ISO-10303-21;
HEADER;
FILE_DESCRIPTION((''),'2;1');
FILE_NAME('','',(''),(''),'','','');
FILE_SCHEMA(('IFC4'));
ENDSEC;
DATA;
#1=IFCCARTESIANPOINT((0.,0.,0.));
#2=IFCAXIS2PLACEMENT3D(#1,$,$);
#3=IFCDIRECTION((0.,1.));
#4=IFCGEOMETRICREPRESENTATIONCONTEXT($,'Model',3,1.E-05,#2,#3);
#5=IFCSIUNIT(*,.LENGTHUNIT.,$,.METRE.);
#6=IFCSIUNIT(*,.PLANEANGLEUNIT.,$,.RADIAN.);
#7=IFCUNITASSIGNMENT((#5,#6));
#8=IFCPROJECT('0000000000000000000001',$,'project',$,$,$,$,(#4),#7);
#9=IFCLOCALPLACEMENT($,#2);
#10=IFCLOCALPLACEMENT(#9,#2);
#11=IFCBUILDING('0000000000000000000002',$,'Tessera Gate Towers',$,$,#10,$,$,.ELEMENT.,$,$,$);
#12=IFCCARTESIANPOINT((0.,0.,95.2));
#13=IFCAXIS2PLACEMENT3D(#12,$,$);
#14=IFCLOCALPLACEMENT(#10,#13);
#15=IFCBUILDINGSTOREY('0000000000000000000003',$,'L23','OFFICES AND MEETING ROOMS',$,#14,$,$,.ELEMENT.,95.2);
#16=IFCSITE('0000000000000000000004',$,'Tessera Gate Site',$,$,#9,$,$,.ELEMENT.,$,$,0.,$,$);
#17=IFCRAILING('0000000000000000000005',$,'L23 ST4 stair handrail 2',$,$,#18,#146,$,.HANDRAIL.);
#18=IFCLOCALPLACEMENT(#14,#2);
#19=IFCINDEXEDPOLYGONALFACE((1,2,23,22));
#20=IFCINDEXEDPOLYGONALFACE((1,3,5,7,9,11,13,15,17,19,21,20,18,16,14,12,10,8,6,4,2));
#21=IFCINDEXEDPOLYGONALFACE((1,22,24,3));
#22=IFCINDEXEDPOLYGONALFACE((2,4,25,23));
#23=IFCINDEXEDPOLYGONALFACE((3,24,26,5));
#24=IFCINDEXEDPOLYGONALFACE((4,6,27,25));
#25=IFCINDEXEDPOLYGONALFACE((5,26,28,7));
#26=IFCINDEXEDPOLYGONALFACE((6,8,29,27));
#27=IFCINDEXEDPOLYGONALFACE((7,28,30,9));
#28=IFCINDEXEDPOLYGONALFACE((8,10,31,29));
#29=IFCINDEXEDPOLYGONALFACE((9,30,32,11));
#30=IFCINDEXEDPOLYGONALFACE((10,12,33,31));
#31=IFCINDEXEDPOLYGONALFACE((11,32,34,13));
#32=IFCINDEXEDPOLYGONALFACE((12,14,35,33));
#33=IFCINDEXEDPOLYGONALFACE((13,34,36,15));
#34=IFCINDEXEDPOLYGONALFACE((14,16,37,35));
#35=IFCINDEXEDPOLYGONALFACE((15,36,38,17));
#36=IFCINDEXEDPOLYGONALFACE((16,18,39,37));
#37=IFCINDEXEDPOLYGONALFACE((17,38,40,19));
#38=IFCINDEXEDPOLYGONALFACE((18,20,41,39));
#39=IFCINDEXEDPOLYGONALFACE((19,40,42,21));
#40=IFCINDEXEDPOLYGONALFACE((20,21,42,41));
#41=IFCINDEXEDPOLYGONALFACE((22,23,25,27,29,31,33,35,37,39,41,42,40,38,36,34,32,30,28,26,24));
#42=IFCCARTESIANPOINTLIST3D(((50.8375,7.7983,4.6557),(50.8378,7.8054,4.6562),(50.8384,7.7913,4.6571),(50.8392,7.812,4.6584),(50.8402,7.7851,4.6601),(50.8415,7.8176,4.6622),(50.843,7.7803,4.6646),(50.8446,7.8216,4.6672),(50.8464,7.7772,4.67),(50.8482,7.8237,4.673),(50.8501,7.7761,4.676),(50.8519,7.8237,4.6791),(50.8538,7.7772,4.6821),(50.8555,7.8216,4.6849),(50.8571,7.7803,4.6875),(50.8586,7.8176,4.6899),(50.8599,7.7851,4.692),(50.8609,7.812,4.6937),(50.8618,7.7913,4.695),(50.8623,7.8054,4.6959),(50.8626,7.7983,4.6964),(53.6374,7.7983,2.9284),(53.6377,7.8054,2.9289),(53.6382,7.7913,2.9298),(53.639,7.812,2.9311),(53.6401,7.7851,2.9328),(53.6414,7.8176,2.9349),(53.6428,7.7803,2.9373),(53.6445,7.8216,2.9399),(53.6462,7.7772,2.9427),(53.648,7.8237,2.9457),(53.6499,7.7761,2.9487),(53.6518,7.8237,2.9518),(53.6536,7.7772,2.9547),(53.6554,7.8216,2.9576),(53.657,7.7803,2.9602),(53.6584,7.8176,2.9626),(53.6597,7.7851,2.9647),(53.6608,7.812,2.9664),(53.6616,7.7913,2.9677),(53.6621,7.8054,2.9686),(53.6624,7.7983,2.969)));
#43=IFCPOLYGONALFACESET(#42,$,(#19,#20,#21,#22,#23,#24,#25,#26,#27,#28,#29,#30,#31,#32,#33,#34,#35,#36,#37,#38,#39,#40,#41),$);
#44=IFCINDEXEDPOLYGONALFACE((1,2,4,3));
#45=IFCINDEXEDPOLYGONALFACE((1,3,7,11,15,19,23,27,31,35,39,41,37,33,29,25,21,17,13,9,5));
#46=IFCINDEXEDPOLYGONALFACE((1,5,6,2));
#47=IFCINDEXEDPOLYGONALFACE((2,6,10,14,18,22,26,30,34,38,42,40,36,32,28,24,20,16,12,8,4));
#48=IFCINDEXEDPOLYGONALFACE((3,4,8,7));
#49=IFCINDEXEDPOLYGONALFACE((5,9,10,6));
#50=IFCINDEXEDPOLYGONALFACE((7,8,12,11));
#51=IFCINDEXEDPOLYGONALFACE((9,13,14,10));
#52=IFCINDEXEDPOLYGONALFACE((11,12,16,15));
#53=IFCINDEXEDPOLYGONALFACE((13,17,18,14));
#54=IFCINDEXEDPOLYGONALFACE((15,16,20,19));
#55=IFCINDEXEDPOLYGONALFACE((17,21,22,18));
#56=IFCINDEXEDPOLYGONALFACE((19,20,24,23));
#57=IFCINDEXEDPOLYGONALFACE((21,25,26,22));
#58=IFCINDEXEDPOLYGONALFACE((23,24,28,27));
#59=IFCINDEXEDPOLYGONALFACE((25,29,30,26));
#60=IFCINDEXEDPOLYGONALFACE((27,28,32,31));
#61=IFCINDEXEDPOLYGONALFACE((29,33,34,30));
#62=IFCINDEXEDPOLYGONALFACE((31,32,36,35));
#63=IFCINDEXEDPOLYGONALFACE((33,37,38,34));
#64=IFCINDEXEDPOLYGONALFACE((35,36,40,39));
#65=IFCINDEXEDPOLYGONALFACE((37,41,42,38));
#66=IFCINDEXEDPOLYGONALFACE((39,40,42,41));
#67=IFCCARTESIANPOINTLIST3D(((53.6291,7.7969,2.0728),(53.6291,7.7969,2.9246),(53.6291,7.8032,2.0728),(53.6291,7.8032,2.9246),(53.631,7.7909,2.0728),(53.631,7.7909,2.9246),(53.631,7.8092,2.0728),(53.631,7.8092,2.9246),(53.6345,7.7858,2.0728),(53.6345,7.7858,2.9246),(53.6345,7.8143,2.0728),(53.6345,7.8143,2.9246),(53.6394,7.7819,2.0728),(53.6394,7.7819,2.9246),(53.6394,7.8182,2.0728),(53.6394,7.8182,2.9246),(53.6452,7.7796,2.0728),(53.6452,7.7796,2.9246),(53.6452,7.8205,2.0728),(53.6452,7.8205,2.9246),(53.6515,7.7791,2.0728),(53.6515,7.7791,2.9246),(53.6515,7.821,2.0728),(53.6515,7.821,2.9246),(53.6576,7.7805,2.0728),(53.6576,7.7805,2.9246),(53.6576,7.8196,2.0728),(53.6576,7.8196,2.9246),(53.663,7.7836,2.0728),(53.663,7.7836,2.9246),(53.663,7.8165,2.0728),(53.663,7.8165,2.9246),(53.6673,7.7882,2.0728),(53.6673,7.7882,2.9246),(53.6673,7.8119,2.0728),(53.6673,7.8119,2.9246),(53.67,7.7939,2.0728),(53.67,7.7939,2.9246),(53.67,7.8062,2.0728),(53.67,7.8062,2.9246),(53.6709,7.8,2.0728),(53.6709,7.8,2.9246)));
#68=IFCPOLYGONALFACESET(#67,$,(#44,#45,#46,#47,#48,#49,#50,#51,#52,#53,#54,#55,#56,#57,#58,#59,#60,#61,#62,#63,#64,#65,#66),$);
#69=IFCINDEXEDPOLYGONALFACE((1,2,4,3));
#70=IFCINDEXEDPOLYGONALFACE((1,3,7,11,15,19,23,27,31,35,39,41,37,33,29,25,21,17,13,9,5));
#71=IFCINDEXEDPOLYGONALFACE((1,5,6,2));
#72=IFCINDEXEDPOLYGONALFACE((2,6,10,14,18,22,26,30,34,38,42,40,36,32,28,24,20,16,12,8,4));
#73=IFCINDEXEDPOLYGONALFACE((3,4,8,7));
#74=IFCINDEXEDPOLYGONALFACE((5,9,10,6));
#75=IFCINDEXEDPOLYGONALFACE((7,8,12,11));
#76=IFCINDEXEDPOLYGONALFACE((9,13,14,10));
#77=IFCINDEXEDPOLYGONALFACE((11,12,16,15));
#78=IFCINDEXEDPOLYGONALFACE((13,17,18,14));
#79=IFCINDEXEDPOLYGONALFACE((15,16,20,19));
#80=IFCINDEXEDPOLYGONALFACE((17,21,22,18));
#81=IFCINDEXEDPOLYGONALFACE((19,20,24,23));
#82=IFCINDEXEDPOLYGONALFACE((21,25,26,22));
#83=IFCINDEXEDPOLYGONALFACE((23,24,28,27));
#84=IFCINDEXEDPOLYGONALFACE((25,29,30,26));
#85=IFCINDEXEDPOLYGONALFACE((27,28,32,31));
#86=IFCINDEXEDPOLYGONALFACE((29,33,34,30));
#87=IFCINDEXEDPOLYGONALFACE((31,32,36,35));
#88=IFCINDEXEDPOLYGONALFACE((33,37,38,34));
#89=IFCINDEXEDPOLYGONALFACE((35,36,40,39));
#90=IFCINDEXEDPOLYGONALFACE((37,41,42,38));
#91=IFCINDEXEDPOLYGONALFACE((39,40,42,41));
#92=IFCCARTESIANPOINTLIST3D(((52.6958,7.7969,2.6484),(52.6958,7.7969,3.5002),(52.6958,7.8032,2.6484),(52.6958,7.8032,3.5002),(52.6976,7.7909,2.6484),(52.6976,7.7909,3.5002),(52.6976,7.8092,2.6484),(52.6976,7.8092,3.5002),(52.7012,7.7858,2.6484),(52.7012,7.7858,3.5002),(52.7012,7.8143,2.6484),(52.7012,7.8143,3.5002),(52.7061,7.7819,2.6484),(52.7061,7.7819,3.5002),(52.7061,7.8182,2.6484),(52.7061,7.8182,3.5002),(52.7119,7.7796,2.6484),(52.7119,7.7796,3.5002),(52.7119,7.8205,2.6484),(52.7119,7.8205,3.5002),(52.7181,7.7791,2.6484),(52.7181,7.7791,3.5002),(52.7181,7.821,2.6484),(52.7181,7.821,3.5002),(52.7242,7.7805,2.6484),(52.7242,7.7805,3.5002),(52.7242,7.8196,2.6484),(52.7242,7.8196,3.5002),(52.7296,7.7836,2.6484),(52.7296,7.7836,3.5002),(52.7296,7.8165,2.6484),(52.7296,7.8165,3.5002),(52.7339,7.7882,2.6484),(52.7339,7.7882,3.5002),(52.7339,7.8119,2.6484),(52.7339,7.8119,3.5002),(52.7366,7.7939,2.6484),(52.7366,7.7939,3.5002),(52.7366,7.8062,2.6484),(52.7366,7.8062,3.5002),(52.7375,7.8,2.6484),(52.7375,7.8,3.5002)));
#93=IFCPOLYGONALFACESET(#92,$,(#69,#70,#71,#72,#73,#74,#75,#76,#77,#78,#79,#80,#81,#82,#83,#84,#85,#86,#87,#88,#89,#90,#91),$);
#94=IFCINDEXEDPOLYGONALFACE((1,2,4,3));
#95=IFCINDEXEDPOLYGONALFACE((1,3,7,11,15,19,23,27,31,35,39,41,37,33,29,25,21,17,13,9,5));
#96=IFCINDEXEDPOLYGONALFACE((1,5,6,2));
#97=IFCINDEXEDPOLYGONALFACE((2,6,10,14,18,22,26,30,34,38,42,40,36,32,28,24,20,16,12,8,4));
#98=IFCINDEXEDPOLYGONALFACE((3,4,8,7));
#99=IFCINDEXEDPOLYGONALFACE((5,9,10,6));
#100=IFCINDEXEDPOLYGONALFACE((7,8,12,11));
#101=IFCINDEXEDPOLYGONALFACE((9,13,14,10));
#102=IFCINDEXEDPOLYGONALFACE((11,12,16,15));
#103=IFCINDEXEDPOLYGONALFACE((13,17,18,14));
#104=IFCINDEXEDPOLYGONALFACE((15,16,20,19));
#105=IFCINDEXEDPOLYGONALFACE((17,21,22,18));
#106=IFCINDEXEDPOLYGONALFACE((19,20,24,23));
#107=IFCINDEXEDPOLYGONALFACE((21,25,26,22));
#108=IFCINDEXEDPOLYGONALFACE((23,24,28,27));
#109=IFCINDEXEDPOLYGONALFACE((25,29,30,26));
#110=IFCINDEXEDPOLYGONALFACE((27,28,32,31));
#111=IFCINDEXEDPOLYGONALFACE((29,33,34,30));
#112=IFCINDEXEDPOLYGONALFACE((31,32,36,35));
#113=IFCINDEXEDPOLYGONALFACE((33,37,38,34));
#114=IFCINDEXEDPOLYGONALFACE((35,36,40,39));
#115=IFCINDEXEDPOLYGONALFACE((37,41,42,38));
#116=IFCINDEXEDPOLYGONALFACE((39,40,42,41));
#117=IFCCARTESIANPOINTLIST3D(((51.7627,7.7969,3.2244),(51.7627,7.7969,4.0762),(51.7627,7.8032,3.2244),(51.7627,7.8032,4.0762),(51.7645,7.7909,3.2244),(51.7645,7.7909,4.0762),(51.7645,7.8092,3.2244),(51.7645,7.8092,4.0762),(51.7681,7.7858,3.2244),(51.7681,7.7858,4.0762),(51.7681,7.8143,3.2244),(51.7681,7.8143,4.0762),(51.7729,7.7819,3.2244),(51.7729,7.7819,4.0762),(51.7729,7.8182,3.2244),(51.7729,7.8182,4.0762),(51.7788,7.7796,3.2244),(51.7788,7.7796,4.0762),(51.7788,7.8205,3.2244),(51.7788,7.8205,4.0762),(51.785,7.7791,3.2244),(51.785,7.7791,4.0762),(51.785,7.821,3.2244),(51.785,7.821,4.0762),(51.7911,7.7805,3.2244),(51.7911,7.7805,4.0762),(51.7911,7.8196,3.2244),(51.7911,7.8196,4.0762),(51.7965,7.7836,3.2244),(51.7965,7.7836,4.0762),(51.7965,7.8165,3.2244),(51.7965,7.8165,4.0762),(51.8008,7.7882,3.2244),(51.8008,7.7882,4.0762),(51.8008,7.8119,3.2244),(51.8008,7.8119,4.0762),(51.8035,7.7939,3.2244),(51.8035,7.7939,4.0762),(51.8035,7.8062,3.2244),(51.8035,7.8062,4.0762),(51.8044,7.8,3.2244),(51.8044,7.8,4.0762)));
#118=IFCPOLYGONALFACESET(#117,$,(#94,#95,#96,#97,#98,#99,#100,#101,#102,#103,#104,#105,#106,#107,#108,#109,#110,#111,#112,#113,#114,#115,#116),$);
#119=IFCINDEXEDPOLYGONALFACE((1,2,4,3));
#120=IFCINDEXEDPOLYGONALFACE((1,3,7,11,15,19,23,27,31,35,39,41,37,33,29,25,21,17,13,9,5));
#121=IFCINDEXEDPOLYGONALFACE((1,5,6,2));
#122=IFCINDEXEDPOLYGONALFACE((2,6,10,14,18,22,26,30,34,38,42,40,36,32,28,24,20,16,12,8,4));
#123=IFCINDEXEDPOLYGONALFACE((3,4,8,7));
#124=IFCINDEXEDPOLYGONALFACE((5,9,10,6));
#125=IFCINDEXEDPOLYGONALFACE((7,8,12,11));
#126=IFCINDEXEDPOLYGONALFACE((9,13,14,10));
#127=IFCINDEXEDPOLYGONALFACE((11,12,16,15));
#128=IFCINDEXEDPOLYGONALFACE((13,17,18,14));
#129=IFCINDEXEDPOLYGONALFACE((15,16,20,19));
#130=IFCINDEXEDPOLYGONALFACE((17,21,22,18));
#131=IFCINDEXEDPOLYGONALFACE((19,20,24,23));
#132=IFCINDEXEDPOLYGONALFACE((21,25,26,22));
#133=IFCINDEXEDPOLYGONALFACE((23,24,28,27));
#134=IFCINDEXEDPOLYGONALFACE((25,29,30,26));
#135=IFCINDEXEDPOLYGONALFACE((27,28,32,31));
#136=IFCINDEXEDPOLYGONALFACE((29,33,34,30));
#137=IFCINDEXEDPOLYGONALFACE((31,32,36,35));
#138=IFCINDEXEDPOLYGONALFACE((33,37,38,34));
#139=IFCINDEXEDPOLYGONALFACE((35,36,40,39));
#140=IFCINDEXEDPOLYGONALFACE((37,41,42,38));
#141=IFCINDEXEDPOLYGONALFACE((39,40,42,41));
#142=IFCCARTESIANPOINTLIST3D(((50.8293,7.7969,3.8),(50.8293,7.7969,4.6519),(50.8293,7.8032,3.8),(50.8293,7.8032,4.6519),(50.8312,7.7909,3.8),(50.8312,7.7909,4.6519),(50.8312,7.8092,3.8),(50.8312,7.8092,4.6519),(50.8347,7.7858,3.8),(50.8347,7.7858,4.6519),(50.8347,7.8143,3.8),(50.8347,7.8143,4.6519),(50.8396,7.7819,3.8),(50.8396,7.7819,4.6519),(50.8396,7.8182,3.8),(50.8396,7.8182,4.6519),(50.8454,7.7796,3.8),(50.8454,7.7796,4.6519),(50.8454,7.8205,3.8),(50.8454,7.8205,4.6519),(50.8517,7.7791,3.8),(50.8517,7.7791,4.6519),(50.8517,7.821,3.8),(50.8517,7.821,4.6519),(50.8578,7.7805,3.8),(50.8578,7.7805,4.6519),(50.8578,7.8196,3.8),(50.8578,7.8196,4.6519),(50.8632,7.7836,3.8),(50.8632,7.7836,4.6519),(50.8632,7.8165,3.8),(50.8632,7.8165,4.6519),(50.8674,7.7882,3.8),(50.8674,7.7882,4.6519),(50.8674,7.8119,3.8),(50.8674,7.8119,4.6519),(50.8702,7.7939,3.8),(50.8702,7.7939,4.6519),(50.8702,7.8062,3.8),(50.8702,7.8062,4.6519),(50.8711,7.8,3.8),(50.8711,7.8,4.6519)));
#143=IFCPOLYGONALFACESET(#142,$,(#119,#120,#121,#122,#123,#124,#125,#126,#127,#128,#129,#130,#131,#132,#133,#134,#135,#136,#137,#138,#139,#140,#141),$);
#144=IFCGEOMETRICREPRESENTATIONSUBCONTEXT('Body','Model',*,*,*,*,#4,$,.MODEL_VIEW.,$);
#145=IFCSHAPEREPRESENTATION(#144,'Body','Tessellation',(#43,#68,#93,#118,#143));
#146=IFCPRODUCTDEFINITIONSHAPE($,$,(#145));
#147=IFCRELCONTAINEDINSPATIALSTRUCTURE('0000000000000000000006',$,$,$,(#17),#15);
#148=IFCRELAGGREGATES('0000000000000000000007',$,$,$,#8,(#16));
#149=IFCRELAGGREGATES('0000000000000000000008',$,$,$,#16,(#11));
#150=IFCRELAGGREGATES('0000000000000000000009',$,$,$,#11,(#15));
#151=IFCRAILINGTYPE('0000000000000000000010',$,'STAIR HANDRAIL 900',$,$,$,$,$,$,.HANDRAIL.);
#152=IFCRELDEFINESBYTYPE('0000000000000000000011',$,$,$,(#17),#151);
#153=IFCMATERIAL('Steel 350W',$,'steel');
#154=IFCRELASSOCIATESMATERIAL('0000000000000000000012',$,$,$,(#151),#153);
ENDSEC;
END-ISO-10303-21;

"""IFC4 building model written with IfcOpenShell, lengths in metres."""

from ifc_helpers import new_model, si_unit, direction, frame, origin, origin_2d, place, context, subcontext, project, spatial, circle, extrude, material, type_object, element, save


model = new_model("IFC4")

# Units and contexts
model_context = context("Model", 3, precision=1e-05, world=origin(), true_north=direction((0.0, 1.0)))
body_context = subcontext(model_context, "Body", "Model", "MODEL_VIEW")
ifc_project = project(units=[si_unit("LENGTHUNIT", "METRE"), si_unit("PLANEANGLEUNIT", "RADIAN")], contexts=[model_context])

# Site, building, storey
site_placement = place(None, origin())
site = spatial("IfcSite", under=ifc_project, at=site_placement, Name="Tessera Gate Site", CompositionType="ELEMENT", RefElevation=0.0)
building_placement = place(site_placement, origin())
building = spatial("IfcBuilding", under=site, at=building_placement, Name="Tessera Gate Towers", CompositionType="ELEMENT")
storey_placement = place(building_placement, frame((0.0, 0.0, 95.2)))
storey = spatial("IfcBuildingStorey", under=building, at=storey_placement, Name="L23", Description="OFFICES AND MEETING ROOMS", CompositionType="ELEMENT", Elevation=95.2)

# Railing
ifc_material_1 = material(Name="Steel 350W", Category="steel")
railing_type_1 = type_object("IfcRailingType", Name="STAIR HANDRAIL 900", PredefinedType="HANDRAIL", material=ifc_material_1)
railing_1_placement = place(storey_placement, frame((53.6499, 7.8, 2.0728)))
element("IfcRailing", 1, at=railing_1_placement, inside=storey, type_object=railing_type_1, Name="L23 ST4 stair handrail 2", PredefinedType="HANDRAIL", context=body_context, shape_type="SweptSolid", body=[
    extrude(circle(Radius=0.0239, at=origin_2d()), frame((0.0, 0.0, 0.876), z_axis=(-0.851069, 0.0, 0.525054), x_axis=(0.0, -1.0, 0.0)), (0.0, 0.0, 1.0), 3.2898),
    extrude(circle(Radius=0.021, at=origin_2d()), origin(), (0.0, 0.0, 1.0), 0.8518),
    extrude(circle(Radius=0.021, at=origin_2d()), frame((-0.9333, 0.0, 0.5757)), (0.0, 0.0, 1.0), 0.8518),
    extrude(circle(Radius=0.021, at=origin_2d()), frame((-1.8665, 0.0, 1.1516)), (0.0, 0.0, 1.0), 0.8518),
    extrude(circle(Radius=0.021, at=origin_2d()), frame((-2.7998, 0.0, 1.7273)), (0.0, 0.0, 1.0), 0.8518),
])

save(model, "model.ifc")
